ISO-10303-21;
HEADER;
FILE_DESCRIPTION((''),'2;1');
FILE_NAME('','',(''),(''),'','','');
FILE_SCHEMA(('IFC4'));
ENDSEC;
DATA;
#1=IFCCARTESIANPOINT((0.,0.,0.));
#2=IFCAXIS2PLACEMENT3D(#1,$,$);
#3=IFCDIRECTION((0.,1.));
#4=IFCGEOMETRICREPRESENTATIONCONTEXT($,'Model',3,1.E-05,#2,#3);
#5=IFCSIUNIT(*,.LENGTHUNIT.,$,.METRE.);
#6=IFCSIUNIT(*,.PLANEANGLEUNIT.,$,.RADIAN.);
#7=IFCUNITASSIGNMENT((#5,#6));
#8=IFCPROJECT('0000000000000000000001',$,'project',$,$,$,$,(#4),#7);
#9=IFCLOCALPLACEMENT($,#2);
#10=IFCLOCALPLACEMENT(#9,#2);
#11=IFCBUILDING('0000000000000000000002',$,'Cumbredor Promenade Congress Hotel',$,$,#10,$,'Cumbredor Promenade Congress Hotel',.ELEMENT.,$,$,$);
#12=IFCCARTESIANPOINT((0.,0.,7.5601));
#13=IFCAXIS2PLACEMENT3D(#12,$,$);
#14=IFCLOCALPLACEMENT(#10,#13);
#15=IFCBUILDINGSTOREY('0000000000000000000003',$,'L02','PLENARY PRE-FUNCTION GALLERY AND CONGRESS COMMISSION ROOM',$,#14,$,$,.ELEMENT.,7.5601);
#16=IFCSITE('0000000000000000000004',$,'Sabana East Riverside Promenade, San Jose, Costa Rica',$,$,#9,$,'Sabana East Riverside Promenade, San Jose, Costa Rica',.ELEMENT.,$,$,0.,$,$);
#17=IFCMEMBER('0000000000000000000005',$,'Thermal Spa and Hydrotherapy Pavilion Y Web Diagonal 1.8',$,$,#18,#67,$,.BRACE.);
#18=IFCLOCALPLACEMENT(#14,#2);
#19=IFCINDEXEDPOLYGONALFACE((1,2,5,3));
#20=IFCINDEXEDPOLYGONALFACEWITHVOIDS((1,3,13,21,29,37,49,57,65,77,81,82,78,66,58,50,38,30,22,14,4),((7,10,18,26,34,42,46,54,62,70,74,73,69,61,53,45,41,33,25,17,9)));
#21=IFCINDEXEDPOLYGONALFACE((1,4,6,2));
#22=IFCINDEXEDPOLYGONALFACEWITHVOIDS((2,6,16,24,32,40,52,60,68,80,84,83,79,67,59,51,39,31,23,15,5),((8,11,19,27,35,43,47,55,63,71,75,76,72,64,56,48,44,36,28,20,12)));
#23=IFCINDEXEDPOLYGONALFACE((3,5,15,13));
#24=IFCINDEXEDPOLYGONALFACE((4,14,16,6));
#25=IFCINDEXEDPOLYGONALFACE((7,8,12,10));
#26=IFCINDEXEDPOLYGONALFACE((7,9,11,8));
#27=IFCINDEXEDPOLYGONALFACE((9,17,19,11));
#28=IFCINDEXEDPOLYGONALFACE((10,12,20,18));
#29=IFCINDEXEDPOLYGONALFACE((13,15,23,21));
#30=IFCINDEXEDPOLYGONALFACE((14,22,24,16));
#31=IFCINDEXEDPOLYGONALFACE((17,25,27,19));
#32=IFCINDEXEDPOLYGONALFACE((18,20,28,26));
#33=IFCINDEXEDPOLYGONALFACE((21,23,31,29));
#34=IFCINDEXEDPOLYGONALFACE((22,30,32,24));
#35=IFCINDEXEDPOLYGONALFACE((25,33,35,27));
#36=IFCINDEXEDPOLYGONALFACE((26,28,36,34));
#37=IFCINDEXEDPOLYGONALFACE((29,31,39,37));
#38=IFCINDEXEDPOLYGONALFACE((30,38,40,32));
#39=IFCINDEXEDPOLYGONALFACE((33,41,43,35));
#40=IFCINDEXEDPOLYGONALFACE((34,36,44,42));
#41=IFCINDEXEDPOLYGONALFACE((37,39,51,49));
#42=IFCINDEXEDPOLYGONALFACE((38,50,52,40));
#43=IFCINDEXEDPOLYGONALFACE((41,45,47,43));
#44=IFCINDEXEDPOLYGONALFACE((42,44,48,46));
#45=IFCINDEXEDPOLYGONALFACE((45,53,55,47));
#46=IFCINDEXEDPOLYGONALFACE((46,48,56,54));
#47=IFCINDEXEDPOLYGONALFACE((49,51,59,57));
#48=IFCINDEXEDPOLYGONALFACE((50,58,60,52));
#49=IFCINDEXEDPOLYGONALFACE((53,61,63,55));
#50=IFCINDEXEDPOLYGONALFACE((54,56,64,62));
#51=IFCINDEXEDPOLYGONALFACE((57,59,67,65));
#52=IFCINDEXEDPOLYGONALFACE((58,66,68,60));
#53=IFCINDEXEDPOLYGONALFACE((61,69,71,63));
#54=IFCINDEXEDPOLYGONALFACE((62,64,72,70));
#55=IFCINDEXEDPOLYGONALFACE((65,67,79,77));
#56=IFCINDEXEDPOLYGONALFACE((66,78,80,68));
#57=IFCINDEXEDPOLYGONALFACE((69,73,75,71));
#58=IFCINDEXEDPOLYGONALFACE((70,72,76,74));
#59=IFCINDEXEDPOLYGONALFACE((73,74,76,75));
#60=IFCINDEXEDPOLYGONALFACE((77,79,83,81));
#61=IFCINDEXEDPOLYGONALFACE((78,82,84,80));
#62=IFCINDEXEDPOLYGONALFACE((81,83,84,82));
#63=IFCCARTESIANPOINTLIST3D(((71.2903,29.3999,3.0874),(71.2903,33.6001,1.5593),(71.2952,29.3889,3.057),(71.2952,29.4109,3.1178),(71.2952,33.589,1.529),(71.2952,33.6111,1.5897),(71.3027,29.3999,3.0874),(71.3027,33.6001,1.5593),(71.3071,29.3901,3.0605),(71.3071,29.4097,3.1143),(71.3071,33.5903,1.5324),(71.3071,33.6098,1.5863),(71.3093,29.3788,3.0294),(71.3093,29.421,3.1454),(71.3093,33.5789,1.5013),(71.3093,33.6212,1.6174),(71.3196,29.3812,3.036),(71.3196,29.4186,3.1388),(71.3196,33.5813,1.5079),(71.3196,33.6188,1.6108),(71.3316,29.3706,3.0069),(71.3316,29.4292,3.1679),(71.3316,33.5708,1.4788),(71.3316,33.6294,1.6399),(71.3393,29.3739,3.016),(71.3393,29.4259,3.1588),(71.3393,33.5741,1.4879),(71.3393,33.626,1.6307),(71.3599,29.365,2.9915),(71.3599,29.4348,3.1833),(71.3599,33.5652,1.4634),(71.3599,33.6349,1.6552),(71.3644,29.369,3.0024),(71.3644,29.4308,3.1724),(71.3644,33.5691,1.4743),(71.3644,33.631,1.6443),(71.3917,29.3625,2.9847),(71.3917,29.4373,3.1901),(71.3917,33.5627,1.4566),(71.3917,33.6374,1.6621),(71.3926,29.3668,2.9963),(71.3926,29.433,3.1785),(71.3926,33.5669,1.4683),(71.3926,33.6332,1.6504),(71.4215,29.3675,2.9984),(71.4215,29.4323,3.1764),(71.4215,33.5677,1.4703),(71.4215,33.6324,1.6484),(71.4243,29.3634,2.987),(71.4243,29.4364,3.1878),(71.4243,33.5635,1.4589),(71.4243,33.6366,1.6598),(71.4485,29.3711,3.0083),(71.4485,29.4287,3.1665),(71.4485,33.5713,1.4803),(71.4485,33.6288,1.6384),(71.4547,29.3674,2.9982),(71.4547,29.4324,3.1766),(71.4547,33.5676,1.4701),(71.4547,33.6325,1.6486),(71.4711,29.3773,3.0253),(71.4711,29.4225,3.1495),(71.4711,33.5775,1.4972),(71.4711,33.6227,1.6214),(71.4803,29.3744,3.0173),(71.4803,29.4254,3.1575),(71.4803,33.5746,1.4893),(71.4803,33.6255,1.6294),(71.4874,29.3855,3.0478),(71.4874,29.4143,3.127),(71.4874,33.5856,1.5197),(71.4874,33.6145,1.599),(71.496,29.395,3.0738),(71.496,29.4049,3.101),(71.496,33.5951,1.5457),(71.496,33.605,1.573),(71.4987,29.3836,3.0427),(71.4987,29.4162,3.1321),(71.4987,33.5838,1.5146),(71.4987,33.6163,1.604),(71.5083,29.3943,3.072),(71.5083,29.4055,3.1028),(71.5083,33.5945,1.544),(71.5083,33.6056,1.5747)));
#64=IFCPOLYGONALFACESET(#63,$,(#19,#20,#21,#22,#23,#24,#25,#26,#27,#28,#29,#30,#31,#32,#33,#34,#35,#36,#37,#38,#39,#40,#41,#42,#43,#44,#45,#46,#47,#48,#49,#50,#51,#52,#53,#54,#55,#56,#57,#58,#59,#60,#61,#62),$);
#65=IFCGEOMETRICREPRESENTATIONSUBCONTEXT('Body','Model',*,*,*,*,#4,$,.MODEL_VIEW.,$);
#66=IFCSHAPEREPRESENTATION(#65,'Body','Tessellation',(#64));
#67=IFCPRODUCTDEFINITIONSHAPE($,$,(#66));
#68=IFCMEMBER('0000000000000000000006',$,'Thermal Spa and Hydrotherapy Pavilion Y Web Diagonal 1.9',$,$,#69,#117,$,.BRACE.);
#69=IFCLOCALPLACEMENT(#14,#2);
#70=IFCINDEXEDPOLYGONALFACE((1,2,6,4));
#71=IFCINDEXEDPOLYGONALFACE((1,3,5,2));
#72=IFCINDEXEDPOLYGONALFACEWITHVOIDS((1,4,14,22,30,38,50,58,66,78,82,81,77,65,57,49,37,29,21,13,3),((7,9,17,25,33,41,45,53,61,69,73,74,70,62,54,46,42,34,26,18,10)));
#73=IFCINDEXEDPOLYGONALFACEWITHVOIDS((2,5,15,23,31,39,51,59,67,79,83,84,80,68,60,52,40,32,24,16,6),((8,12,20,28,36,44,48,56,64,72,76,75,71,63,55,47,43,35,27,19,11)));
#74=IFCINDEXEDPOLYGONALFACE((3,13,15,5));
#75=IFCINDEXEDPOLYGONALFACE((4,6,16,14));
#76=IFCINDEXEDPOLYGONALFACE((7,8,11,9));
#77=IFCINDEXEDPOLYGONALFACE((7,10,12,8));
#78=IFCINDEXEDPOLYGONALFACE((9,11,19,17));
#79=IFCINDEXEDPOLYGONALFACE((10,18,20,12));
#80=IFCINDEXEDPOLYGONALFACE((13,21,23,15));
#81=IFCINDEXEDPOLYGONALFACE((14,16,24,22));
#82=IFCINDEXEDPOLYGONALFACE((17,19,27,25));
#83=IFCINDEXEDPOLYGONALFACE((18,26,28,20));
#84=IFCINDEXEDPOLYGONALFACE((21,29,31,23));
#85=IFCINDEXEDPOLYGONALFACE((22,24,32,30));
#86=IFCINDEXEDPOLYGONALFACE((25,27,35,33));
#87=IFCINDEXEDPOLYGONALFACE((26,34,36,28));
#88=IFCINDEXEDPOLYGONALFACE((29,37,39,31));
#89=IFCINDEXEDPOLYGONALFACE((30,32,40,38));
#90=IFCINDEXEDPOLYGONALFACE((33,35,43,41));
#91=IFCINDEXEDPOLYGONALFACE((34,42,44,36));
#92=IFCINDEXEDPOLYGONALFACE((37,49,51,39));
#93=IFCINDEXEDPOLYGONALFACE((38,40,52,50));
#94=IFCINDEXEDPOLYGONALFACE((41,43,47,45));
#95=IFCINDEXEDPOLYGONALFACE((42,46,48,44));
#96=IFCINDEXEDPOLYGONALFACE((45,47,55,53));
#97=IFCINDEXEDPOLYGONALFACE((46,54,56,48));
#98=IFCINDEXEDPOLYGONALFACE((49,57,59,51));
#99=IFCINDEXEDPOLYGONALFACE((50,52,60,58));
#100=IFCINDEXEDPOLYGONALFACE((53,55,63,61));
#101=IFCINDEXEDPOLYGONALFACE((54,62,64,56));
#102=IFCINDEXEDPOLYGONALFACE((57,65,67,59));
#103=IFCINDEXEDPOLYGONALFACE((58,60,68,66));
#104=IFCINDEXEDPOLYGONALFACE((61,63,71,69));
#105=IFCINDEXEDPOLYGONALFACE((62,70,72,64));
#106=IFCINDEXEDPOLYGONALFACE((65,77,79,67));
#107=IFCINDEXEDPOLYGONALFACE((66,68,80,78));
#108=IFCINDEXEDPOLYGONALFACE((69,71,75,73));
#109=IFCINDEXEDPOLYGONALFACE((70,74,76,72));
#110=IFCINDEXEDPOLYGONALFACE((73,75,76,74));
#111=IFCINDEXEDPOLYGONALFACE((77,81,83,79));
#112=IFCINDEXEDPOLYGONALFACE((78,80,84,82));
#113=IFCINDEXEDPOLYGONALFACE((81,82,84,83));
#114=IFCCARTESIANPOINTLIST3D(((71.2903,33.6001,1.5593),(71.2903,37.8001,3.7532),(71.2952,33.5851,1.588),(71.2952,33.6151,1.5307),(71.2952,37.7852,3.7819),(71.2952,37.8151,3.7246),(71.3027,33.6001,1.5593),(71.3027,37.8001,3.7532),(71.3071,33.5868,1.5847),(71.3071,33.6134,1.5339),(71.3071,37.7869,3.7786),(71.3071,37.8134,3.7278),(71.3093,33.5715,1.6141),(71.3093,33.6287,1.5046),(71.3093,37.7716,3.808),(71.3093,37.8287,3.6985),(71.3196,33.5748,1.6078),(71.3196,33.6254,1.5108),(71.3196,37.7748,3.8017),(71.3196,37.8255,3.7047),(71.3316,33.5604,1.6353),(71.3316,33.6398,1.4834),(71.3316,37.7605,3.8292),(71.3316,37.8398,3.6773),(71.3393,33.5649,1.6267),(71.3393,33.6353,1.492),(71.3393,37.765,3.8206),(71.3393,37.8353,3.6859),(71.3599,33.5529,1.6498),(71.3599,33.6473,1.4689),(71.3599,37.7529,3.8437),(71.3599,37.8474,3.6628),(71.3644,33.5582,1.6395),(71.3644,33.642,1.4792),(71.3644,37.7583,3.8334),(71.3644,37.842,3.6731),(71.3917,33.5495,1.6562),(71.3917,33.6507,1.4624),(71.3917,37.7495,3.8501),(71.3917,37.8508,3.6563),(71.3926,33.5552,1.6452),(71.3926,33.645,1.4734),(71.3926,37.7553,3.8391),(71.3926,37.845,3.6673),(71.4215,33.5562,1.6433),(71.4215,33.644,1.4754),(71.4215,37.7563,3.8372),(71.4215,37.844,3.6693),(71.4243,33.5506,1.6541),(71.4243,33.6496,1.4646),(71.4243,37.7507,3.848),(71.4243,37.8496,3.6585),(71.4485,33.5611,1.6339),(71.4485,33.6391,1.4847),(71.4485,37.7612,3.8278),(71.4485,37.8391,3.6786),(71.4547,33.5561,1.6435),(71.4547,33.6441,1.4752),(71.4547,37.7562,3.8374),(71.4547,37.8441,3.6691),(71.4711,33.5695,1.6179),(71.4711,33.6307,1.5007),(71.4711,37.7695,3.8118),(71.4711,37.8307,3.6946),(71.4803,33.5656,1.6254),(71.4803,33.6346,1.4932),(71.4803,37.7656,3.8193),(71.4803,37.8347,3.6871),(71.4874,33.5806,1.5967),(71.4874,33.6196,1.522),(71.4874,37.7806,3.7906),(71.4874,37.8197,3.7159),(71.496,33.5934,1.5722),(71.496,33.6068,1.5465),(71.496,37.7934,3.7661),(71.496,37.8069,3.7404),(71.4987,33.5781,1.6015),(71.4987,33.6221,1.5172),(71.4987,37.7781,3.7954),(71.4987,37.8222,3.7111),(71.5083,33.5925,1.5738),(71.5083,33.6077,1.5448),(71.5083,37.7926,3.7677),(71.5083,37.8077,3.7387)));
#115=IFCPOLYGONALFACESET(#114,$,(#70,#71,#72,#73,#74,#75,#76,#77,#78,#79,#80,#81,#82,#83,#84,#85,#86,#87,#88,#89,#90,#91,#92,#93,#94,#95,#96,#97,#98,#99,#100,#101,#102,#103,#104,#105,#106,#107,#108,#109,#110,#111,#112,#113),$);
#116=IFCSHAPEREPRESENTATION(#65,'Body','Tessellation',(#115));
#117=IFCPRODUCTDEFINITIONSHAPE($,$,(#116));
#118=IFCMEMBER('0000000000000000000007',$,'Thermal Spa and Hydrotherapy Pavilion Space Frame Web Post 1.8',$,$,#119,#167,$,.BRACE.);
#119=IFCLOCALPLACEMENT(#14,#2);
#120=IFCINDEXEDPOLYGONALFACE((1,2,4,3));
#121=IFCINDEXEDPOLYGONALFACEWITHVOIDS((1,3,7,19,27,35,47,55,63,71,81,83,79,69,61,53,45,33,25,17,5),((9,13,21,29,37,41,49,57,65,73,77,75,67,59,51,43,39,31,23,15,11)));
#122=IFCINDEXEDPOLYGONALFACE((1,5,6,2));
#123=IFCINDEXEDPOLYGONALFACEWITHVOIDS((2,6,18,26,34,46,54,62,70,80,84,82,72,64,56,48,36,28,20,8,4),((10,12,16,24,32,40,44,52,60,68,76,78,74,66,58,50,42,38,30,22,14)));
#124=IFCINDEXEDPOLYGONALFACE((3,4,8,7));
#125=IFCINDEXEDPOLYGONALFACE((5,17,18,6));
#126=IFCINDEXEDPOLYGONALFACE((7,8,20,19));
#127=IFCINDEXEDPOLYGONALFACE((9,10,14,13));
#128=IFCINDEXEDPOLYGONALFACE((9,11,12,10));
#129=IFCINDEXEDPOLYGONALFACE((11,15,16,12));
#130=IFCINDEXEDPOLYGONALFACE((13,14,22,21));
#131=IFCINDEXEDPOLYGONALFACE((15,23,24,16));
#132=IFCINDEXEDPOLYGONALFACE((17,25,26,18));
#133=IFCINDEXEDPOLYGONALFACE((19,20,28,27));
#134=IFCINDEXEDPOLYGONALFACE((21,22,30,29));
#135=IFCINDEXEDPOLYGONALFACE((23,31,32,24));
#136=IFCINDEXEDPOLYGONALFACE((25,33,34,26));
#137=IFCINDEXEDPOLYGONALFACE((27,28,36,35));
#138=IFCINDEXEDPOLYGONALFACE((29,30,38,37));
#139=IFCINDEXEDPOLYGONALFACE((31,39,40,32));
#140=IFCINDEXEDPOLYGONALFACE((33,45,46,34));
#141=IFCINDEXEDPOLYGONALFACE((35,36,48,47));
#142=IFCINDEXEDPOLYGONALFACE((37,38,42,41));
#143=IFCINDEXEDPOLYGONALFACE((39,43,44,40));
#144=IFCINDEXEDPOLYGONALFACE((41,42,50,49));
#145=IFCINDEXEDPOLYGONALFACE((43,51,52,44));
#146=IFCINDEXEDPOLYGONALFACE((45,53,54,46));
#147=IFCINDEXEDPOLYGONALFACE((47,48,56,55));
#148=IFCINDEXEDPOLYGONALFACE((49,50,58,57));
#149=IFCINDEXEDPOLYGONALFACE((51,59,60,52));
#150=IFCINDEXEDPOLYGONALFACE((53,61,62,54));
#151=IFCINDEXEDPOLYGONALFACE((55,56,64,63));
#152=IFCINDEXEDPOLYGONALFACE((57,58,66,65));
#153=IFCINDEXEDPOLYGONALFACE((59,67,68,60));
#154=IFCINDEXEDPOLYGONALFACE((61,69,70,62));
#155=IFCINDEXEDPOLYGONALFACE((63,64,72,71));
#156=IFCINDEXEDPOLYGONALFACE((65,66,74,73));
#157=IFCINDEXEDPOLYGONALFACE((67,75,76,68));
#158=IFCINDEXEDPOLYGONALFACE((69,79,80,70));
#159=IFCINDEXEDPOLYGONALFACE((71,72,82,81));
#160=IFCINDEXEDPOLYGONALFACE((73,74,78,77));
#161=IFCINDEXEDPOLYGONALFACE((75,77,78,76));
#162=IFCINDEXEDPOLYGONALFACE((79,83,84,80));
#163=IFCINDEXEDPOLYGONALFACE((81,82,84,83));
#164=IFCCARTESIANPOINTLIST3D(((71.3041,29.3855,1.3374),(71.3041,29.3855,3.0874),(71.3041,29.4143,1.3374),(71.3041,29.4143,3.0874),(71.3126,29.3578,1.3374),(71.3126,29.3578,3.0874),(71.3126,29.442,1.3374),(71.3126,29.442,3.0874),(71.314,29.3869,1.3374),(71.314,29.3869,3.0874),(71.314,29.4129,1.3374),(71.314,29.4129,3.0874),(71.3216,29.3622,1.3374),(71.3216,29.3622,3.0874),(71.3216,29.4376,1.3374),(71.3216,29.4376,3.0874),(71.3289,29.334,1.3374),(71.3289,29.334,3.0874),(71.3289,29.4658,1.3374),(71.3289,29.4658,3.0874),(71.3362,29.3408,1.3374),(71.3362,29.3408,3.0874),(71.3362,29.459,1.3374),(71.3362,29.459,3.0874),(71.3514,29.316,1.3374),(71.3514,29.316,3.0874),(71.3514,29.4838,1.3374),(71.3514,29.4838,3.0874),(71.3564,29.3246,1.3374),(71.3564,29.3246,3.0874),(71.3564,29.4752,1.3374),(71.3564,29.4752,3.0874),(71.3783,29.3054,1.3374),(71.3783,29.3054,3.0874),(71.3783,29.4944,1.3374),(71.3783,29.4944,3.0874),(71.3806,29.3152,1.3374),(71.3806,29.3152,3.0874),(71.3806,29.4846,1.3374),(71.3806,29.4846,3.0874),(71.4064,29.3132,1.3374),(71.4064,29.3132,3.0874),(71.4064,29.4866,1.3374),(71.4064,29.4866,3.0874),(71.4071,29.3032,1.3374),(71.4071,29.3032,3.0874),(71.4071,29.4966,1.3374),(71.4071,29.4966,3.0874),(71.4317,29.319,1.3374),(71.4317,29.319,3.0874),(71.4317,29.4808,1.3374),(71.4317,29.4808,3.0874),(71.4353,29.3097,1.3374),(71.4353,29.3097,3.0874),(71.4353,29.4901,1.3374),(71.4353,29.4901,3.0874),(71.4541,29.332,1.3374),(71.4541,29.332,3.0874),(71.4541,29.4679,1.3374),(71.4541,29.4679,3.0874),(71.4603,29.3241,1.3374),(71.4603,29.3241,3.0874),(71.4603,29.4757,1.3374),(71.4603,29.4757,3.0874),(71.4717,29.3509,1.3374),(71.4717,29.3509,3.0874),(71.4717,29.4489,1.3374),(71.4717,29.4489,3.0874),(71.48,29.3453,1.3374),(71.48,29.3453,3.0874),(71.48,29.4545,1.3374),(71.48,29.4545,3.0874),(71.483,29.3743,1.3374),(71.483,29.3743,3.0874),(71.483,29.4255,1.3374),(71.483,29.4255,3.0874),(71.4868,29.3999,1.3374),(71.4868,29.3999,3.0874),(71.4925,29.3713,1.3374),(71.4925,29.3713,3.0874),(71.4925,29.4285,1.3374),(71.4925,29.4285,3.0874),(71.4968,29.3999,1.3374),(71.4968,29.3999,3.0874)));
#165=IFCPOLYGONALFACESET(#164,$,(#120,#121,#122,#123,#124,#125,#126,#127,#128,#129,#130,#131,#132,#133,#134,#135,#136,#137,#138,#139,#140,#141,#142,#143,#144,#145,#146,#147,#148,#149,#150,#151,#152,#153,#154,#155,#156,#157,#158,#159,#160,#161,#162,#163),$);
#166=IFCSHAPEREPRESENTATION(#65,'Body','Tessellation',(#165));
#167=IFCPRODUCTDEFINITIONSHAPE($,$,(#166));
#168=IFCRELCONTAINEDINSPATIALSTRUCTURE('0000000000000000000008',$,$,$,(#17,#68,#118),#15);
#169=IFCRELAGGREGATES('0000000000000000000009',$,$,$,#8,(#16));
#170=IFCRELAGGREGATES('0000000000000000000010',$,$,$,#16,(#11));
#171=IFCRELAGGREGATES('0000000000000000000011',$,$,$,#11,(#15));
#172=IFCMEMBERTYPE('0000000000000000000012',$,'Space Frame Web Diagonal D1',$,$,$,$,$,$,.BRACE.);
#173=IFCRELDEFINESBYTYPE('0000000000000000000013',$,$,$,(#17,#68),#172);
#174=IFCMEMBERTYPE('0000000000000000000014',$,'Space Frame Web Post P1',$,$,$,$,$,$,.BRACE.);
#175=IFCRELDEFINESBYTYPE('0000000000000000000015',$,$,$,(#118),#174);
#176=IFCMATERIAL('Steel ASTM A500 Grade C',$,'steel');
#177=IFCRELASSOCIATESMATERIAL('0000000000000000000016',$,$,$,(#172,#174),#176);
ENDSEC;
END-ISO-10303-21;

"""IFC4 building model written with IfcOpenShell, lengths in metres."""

from ifc_helpers import new_model, si_unit, direction, frame, origin, origin_2d, place, context, subcontext, project, spatial, hollow_circle, extrude, material, material_profile, profile_set, type_object, element, save


model = new_model("IFC4")

# Units and contexts
model_context = context("Model", 3, precision=1e-05, world=origin(), true_north=direction((0.0, 1.0)))
body_context = subcontext(model_context, "Body", "Model", "MODEL_VIEW")
ifc_project = project(units=[si_unit("LENGTHUNIT", "METRE"), si_unit("PLANEANGLEUNIT", "RADIAN")], contexts=[model_context])

# Site, building, storey
site_placement = place(None, origin())
site = spatial("IfcSite", under=ifc_project, at=site_placement, Name="Sabana East Riverside Promenade, San Jose, Costa Rica", LongName="Sabana East Riverside Promenade, San Jose, Costa Rica", CompositionType="ELEMENT", RefElevation=0.0)
building_placement = place(site_placement, origin())
building = spatial("IfcBuilding", under=site, at=building_placement, Name="Cumbredor Promenade Congress Hotel", LongName="Cumbredor Promenade Congress Hotel", CompositionType="ELEMENT")
storey_placement = place(building_placement, frame((0.0, 0.0, 7.5601)))
storey = spatial("IfcBuildingStorey", under=building, at=storey_placement, Name="L02", Description="PLENARY PRE-FUNCTION GALLERY AND CONGRESS COMMISSION ROOM", CompositionType="ELEMENT", Elevation=7.5601)

# Members
ifc_material_1 = material(Name="Steel ASTM A500 Grade C", Category="steel")
ifc_material_profile_1 = material_profile(ifc_material_1, hollow_circle(Radius=0.1096, WallThickness=0.0125, at=origin_2d()), Name="CHS 219.1x12.5")
ifc_profile_set_1 = profile_set([ifc_material_profile_1], Name="Steel ASTM A500 Grade C")
member_type_1 = type_object("IfcMemberType", Name="Space Frame Web Diagonal D1", PredefinedType="BRACE", material=ifc_profile_set_1)
member_1_placement = place(storey_placement, frame((71.3999, 29.3999, 3.0874), z_axis=(0.0, 0.939741, -0.341888), x_axis=(-1.0, 0.0, 0.0)))
element("IfcMember", 1, at=member_1_placement, inside=storey, type_object=member_type_1, Name="Thermal Spa and Hydrotherapy Pavilion Y Web Diagonal 1.8", PredefinedType="BRACE", context=body_context, shape_type="SweptSolid", body=[
    extrude(hollow_circle(Radius=0.1096, WallThickness=0.0125, at=origin_2d()), origin(), (0.0, 0.0, 1.0), 4.4695),
])
member_2_placement = place(storey_placement, frame((71.3999, 33.6001, 1.5593), z_axis=(0.0, 0.886362, 0.462992), x_axis=(-1.0, 0.0, 0.0)))
element("IfcMember", 2, at=member_2_placement, inside=storey, type_object=member_type_1, Name="Thermal Spa and Hydrotherapy Pavilion Y Web Diagonal 1.9", PredefinedType="BRACE", context=body_context, shape_type="SweptSolid", body=[
    extrude(hollow_circle(Radius=0.1096, WallThickness=0.0125, at=origin_2d()), origin(), (0.0, 0.0, 1.0), 4.7385),
])
ifc_material_profile_2 = material_profile(ifc_material_1, hollow_circle(Radius=0.0969, WallThickness=0.01, at=origin_2d()), Name="CHS 193.7x10")
ifc_profile_set_2 = profile_set([ifc_material_profile_2], Name="Steel ASTM A500 Grade C")
member_type_2 = type_object("IfcMemberType", Name="Space Frame Web Post P1", PredefinedType="BRACE", material=ifc_profile_set_2)
for number, where, z_axis, x_axis, name in (
    (3, (71.3999, 29.3999, 1.3374), (0.0, 0.0, 1.0), (1.0, 0.0, 0.0), "Thermal Spa and Hydrotherapy Pavilion Space Frame Web Post 1.8"),
):
    element("IfcMember", number, at=place(storey_placement, frame(where, z_axis=z_axis, x_axis=x_axis)), inside=storey, type_object=member_type_2, Name=name, PredefinedType="BRACE", context=body_context, shape_type="SweptSolid", body=[
        extrude(hollow_circle(Radius=0.0969, WallThickness=0.01, at=origin_2d()), origin(), (0.0, 0.0, 1.0), 1.75),
    ])

save(model, "model.ifc")
